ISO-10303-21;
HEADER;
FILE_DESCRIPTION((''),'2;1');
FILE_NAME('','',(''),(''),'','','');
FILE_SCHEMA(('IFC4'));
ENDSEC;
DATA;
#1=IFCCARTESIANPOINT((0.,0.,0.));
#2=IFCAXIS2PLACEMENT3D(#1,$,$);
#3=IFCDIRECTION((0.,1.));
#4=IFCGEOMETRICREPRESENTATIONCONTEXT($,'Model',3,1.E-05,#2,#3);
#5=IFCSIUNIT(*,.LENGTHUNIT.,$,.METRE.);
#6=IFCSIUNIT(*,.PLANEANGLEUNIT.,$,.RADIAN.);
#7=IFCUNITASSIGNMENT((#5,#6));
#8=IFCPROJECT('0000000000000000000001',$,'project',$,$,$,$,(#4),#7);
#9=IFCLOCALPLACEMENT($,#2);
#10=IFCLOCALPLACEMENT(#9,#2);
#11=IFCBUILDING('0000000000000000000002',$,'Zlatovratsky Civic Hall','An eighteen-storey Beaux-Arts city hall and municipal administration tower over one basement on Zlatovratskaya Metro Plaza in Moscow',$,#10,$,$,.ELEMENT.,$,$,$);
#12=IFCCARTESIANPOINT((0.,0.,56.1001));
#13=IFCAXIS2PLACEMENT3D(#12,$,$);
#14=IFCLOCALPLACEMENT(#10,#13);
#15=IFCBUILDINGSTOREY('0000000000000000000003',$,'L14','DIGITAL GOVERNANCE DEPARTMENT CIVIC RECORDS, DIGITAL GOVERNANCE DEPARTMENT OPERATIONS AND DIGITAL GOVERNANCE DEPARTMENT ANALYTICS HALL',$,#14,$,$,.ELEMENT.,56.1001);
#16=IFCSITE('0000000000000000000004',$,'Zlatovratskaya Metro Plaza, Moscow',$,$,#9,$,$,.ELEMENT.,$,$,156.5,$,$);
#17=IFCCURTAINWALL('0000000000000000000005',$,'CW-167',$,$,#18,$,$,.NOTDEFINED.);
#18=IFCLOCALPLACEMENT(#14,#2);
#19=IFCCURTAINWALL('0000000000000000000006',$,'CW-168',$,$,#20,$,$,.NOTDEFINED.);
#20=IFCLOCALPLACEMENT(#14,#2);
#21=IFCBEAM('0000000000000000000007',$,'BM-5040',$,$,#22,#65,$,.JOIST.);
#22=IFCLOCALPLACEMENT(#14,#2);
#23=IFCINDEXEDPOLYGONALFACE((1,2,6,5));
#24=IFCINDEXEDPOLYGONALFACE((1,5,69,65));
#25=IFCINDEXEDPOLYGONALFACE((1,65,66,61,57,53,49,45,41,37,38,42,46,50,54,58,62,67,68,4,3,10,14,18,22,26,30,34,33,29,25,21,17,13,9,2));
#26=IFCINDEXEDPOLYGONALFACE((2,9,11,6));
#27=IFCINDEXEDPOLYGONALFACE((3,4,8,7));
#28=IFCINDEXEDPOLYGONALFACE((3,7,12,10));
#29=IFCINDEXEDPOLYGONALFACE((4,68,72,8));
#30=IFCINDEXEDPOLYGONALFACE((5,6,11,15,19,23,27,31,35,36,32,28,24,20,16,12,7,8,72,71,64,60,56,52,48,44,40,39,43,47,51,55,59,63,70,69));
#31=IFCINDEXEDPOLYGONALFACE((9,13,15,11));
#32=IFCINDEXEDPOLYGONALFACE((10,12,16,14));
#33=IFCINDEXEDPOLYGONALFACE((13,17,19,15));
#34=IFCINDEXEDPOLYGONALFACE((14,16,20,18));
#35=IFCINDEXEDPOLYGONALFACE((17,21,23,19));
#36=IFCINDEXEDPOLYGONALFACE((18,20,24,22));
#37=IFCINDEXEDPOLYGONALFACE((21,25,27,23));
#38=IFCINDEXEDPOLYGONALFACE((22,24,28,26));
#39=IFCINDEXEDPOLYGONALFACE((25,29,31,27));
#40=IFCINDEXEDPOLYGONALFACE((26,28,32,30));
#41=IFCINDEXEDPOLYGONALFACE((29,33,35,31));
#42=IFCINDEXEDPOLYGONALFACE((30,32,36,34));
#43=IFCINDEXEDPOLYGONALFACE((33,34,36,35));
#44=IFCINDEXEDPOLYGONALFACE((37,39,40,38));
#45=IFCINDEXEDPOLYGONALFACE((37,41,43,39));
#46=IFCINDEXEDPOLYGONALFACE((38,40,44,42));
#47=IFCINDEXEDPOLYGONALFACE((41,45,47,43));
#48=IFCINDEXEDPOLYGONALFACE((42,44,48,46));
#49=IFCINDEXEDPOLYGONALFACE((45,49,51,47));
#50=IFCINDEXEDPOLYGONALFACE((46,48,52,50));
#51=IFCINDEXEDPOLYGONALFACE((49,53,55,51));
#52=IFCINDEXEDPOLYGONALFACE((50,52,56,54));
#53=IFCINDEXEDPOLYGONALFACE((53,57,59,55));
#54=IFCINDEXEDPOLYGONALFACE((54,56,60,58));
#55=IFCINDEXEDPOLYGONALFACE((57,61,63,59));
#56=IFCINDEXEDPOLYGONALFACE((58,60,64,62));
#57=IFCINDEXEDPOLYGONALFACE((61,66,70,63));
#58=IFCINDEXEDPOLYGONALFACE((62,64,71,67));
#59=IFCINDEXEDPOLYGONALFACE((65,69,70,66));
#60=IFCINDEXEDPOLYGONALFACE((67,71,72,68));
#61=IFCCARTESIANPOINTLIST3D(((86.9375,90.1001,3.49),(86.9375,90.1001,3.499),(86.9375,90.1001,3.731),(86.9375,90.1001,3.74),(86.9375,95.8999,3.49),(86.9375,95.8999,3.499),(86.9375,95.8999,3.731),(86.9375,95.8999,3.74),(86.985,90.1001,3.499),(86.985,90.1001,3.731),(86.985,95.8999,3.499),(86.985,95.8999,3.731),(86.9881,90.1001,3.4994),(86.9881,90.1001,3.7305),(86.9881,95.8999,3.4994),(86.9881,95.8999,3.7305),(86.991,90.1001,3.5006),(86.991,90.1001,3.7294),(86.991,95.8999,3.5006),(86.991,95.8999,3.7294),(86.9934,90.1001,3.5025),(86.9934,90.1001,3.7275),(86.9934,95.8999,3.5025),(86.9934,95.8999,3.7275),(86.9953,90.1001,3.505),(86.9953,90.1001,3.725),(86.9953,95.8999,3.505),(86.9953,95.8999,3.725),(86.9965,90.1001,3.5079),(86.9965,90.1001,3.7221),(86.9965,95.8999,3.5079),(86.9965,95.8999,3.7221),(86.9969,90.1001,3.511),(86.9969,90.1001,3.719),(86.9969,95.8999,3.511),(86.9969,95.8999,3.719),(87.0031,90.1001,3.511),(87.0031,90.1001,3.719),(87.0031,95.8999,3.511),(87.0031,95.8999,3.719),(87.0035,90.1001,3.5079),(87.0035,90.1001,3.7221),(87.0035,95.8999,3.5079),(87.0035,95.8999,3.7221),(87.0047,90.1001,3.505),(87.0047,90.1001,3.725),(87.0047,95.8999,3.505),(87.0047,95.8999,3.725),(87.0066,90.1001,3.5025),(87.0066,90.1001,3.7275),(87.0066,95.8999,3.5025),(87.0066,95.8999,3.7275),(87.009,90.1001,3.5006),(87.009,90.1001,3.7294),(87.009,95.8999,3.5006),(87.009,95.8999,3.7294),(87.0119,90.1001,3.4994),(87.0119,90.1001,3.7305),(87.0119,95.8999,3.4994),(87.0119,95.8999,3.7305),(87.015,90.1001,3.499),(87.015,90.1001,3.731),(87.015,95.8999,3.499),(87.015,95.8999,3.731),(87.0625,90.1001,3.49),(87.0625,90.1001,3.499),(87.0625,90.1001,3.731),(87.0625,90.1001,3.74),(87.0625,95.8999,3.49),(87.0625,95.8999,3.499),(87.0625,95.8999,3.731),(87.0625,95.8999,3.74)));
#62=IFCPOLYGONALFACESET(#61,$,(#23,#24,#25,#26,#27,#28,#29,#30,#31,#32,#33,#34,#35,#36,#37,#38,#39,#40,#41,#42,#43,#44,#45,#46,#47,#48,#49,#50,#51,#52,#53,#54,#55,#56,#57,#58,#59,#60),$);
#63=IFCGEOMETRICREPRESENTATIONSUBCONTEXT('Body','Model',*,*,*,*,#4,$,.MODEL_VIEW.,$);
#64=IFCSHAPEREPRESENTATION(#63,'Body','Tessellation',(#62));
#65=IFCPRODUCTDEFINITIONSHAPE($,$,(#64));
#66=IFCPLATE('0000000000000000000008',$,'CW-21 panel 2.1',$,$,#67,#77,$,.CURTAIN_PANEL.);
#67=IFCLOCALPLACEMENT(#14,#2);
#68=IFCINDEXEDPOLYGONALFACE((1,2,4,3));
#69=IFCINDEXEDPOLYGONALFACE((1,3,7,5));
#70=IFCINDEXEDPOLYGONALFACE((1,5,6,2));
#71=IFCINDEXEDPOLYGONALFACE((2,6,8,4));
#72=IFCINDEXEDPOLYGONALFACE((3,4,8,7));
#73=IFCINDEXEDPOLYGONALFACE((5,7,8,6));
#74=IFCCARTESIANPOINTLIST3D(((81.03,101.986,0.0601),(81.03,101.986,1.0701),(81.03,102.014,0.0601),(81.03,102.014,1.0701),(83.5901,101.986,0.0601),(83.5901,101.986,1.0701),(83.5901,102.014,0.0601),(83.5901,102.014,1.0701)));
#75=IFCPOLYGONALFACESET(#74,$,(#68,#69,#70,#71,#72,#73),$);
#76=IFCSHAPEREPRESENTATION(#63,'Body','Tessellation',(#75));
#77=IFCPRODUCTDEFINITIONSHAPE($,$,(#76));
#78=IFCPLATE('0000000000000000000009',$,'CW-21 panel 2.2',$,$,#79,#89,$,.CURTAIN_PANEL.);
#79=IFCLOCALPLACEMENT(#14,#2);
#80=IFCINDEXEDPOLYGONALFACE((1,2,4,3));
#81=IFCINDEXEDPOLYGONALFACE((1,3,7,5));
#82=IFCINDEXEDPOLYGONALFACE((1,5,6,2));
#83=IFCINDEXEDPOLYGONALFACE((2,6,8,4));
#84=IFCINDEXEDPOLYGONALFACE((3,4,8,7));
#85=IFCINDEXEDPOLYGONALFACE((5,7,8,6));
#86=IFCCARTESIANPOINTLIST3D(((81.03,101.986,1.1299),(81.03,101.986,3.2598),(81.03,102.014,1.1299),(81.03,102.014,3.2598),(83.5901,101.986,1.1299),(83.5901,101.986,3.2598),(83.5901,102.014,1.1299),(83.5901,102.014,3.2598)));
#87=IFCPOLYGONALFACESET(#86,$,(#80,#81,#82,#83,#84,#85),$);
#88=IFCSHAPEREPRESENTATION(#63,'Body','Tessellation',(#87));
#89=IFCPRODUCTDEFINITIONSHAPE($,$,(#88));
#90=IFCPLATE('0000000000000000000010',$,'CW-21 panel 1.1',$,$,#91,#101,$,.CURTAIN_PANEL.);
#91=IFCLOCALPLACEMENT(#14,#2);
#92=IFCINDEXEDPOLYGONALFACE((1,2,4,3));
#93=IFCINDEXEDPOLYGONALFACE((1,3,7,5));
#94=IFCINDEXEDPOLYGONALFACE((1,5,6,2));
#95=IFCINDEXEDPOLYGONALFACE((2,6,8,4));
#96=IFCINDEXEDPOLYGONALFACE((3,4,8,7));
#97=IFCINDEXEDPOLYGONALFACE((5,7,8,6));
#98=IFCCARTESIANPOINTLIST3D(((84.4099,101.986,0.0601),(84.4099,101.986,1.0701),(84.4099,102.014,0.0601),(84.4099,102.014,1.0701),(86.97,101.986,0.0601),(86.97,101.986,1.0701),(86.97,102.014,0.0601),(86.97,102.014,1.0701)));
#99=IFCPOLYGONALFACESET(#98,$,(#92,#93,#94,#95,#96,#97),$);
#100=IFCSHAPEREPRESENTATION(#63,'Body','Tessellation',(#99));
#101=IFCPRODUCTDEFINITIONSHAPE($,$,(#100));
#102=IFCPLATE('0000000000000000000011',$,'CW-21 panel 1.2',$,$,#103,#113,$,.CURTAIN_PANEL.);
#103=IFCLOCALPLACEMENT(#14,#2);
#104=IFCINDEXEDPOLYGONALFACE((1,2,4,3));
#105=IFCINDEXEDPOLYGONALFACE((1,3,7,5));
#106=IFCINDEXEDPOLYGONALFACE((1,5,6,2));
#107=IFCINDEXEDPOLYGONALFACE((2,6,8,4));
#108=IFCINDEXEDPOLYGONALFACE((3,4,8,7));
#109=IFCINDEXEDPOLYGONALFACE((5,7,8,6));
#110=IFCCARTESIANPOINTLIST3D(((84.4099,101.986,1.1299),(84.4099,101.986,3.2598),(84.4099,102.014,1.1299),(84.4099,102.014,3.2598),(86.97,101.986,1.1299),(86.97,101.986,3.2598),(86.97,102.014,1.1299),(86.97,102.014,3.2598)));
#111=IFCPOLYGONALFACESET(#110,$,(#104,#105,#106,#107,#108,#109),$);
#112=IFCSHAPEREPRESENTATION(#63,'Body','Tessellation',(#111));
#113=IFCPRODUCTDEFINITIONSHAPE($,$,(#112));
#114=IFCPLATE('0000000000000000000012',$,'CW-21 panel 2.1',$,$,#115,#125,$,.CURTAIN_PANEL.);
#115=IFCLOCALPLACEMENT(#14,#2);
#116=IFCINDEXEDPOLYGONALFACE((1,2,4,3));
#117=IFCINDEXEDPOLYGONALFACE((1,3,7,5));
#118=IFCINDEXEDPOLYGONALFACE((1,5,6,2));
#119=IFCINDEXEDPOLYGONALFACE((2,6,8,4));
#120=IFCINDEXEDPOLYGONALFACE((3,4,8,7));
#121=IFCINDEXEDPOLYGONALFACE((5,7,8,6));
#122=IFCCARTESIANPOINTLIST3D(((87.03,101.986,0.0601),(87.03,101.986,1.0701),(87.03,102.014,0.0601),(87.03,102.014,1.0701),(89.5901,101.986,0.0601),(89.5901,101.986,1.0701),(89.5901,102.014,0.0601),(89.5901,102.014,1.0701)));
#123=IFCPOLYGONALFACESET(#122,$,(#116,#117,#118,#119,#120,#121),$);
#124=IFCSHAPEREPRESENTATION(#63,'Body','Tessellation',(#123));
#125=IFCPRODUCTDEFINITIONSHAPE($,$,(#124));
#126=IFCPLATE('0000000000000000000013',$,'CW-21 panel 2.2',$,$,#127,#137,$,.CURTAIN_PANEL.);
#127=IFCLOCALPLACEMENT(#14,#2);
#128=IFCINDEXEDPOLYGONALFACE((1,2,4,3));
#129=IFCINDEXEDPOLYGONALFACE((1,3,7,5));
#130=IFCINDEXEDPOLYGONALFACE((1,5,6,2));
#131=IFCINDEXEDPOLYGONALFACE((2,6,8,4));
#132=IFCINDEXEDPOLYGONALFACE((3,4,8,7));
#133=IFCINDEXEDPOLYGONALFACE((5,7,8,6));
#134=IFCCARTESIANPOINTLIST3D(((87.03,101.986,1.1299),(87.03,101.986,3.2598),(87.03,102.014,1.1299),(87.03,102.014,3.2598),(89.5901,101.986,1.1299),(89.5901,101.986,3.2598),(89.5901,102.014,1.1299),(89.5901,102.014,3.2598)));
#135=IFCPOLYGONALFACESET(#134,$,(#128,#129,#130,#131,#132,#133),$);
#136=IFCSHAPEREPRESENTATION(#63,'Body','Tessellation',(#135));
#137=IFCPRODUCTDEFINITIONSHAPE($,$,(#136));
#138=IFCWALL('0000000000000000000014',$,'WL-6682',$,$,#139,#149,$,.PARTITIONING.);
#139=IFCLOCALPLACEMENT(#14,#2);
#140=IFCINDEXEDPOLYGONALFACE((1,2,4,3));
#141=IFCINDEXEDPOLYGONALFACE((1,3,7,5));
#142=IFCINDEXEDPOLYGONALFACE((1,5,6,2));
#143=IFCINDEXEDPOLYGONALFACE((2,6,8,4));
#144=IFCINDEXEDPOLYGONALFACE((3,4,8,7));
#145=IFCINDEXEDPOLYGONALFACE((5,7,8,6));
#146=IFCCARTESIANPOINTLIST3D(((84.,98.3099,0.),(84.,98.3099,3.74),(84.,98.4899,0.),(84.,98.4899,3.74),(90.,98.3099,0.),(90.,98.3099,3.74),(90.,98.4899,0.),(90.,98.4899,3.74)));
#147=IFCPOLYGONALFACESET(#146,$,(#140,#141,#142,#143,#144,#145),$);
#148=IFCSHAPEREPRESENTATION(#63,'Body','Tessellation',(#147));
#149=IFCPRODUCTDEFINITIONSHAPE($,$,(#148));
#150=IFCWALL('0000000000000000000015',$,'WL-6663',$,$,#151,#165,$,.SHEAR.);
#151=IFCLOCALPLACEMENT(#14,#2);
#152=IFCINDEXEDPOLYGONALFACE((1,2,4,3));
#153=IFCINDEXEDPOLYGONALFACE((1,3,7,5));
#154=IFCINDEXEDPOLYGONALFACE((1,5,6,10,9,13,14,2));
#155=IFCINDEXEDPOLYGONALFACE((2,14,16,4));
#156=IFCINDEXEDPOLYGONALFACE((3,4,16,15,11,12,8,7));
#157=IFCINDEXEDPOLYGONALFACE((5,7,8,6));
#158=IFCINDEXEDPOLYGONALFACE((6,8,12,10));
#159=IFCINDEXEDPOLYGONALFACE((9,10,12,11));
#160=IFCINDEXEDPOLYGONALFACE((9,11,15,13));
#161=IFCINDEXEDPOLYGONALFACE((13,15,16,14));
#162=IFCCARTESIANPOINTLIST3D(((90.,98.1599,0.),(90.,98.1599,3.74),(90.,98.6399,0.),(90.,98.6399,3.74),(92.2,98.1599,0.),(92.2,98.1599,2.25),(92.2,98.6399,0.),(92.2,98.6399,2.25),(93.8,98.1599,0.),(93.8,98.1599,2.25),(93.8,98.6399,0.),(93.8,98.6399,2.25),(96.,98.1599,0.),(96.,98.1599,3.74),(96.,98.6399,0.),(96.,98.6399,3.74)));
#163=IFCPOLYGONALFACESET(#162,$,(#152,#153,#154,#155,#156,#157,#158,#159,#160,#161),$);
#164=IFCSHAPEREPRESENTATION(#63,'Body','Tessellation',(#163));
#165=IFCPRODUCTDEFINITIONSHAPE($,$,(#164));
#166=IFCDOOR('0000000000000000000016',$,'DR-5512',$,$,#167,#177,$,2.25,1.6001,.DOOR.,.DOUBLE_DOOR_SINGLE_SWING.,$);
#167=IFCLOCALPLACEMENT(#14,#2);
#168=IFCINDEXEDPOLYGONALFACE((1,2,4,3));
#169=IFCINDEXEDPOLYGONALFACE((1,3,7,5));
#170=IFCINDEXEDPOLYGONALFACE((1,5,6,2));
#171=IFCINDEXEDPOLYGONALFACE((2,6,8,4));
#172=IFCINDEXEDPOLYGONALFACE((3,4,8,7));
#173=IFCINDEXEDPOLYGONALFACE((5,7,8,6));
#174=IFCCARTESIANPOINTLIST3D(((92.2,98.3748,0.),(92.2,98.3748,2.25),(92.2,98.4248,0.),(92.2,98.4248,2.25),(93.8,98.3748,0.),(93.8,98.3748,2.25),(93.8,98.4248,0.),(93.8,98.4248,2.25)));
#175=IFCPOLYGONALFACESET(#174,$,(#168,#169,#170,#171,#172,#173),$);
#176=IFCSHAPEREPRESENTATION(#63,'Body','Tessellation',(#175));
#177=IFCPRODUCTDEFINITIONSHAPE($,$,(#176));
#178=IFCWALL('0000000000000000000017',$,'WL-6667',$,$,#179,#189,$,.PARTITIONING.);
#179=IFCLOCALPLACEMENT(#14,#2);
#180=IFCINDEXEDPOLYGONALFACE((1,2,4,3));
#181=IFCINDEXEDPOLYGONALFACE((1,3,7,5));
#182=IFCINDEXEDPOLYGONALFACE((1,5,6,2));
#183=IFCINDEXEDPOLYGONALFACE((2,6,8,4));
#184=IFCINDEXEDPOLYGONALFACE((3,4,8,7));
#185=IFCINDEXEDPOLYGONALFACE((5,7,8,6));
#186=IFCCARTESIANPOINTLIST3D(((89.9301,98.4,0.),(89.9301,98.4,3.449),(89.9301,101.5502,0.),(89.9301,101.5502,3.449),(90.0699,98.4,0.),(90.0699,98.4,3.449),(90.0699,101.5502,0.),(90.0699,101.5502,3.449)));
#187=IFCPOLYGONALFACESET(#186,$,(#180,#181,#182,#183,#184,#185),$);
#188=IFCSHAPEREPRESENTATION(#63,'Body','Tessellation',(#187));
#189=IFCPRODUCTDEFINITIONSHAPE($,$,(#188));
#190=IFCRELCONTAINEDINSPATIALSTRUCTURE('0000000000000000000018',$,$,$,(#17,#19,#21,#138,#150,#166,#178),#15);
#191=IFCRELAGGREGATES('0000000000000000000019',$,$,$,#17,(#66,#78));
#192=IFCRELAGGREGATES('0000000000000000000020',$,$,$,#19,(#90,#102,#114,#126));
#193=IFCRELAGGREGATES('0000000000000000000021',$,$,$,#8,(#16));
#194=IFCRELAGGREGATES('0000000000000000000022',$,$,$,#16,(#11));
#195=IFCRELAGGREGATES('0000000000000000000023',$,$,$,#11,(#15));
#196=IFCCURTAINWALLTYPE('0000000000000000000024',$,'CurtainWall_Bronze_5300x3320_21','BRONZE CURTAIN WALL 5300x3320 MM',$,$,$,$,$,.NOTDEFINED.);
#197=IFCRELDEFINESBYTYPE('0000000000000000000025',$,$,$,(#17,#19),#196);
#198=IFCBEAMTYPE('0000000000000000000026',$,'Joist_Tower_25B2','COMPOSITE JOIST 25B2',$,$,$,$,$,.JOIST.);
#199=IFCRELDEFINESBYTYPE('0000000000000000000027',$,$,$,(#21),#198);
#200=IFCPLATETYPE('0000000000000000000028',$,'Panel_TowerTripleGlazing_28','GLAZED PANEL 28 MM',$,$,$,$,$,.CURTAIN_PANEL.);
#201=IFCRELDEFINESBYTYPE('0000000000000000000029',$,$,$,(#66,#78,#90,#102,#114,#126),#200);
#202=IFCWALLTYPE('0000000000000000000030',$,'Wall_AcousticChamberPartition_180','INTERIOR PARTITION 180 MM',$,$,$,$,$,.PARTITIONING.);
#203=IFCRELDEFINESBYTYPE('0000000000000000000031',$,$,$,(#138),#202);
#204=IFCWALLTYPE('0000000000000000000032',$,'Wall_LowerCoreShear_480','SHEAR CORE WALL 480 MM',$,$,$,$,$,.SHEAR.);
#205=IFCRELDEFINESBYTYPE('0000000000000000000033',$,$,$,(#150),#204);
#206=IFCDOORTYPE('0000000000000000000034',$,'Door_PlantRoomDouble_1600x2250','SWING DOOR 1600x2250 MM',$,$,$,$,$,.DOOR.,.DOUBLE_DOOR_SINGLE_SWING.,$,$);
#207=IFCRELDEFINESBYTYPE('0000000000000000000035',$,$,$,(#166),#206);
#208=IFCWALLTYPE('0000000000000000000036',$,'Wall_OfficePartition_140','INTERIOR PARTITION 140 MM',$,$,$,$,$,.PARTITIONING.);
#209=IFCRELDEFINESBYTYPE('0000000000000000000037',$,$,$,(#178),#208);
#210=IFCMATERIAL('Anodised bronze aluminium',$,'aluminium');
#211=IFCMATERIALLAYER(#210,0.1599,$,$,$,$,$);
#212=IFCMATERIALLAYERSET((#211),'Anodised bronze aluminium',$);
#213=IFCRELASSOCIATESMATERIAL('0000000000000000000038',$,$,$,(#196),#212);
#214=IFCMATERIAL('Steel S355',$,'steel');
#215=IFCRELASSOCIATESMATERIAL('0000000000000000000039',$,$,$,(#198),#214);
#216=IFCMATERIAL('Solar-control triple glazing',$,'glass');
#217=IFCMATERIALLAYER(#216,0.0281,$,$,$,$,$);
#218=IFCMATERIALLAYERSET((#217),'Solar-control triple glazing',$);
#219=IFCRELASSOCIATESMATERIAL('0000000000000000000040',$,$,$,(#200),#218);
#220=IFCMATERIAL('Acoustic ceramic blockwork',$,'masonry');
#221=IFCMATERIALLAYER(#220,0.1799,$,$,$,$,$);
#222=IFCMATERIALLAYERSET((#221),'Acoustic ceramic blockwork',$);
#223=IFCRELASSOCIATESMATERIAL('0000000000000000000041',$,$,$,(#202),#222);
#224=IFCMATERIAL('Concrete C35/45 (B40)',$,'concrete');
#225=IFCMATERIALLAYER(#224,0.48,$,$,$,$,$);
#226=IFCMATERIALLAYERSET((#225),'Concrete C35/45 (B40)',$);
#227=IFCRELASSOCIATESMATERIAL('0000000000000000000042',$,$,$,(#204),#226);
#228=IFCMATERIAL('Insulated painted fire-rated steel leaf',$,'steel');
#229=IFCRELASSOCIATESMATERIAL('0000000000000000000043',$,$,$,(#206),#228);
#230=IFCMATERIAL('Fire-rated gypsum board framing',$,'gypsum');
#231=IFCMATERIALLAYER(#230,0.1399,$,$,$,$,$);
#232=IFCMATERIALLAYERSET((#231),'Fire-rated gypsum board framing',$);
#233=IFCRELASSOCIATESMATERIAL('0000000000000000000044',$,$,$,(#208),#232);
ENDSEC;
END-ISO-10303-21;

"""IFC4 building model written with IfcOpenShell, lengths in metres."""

from ifc_helpers import new_model, si_unit, direction, frame, frame_2d, origin, origin_2d, place, context, subcontext, project, spatial, rectangle, i_section, extrude, material, layer, layer_set, material_profile, profile_set, type_object, element, fill, aggregate, save


model = new_model("IFC4")

# Units and contexts
model_context = context("Model", 3, precision=1e-05, world=origin(), true_north=direction((0.0, 1.0)))
body_context = subcontext(model_context, "Body", "Model", "MODEL_VIEW")
ifc_project = project(units=[si_unit("LENGTHUNIT", "METRE"), si_unit("PLANEANGLEUNIT", "RADIAN")], contexts=[model_context])

# Site, building, storey
site_placement = place(None, origin())
site = spatial("IfcSite", under=ifc_project, at=site_placement, Name="Zlatovratskaya Metro Plaza, Moscow", CompositionType="ELEMENT", RefElevation=156.5)
building_placement = place(site_placement, origin())
building = spatial("IfcBuilding", under=site, at=building_placement, Name="Zlatovratsky Civic Hall", Description="An eighteen-storey Beaux-Arts city hall and municipal administration tower over one basement on Zlatovratskaya Metro Plaza in Moscow", CompositionType="ELEMENT")
storey_placement = place(building_placement, frame((0.0, 0.0, 56.1001)))
storey = spatial("IfcBuildingStorey", under=building, at=storey_placement, Name="L14", Description="DIGITAL GOVERNANCE DEPARTMENT CIVIC RECORDS, DIGITAL GOVERNANCE DEPARTMENT OPERATIONS AND DIGITAL GOVERNANCE DEPARTMENT ANALYTICS HALL", CompositionType="ELEMENT", Elevation=56.1001)

# Shared definitions
ifc_material_1 = material(Name="Concrete C35/45 (B40)", Category="concrete")
ifc_material_2 = material(Name="Steel S355", Category="steel")

# Curtain wall
ifc_material_3 = material(Name="Anodised bronze aluminium", Category="aluminium")
ifc_layer_1 = layer(ifc_material_3, 0.1599)
ifc_layer_set_1 = layer_set([ifc_layer_1], Name="Anodised bronze aluminium")
curtain_wall_type = type_object("IfcCurtainWallType", Name="CurtainWall_Bronze_5300x3320_21", Description="BRONZE CURTAIN WALL 5300x3320 MM", PredefinedType="NOTDEFINED", material=ifc_layer_set_1)
curtain_wall_1_placement = place(storey_placement, origin())
curtain_wall_1 = element("IfcCurtainWall", 1, at=curtain_wall_1_placement, inside=storey, type_object=curtain_wall_type, Name="CW-167", PredefinedType="NOTDEFINED")

# Curtain wall
curtain_wall_2_placement = place(storey_placement, origin())
curtain_wall_2 = element("IfcCurtainWall", 2, at=curtain_wall_2_placement, inside=storey, type_object=curtain_wall_type, Name="CW-168", PredefinedType="NOTDEFINED")

# Beam
ifc_material_profile_1 = material_profile(ifc_material_2, i_section(OverallWidth=0.125, OverallDepth=0.25, WebThickness=0.0061, FlangeThickness=0.009, FilletRadius=0.012, at=origin_2d()), Name="25B2")
ifc_profile_set_1 = profile_set([ifc_material_profile_1], Name="Steel S355")
beam_type_1 = type_object("IfcBeamType", Name="Joist_Tower_25B2", Description="COMPOSITE JOIST 25B2", PredefinedType="JOIST", material=ifc_profile_set_1)
beam_1_placement = place(storey_placement, frame((87.0, 90.1001, 3.615), z_axis=(0.0, 1.0, 0.0), x_axis=(-1.0, 0.0, 0.0)))
element("IfcBeam", 3, at=beam_1_placement, inside=storey, type_object=beam_type_1, Name="BM-5040", PredefinedType="JOIST", context=body_context, shape_type="SweptSolid", body=[
    extrude(i_section(OverallWidth=0.125, OverallDepth=0.25, WebThickness=0.0061, FlangeThickness=0.009, FilletRadius=0.012, at=origin_2d()), origin(), (0.0, 0.0, 1.0), 5.7998),
])

# Plates
ifc_material_4 = material(Name="Solar-control triple glazing", Category="glass")
ifc_layer_2 = layer(ifc_material_4, 0.0281)
ifc_layer_set_2 = layer_set([ifc_layer_2], Name="Solar-control triple glazing")
plate_type = type_object("IfcPlateType", Name="Panel_TowerTripleGlazing_28", Description="GLAZED PANEL 28 MM", PredefinedType="CURTAIN_PANEL", material=ifc_layer_set_2)
plate_1_placement = place(storey_placement, frame((82.3101, 102.0, 0.0601), z_axis=(0.0, 0.0, 1.0), x_axis=(1.0, 0.0, 0.0)))
plate_1 = element("IfcPlate", 4, at=plate_1_placement, type_object=plate_type, Name="CW-21 panel 2.1", PredefinedType="CURTAIN_PANEL", context=body_context, shape_type="SweptSolid", body=[
    extrude(rectangle(XDim=2.5601, YDim=0.0281, at=origin_2d()), origin(), (0.0, 0.0, 1.0), 1.01),
])
plate_2_placement = place(storey_placement, frame((82.3101, 102.0, 1.1299), z_axis=(0.0, 0.0, 1.0), x_axis=(1.0, 0.0, 0.0)))
plate_2 = element("IfcPlate", 5, at=plate_2_placement, type_object=plate_type, Name="CW-21 panel 2.2", PredefinedType="CURTAIN_PANEL", context=body_context, shape_type="SweptSolid", body=[
    extrude(rectangle(XDim=2.5601, YDim=0.0281, at=origin_2d()), origin(), (0.0, 0.0, 1.0), 2.1299),
])
aggregate(curtain_wall_1, [plate_1, plate_2])
plate_3_placement = place(storey_placement, frame((85.6899, 102.0, 0.0601), z_axis=(0.0, 0.0, 1.0), x_axis=(1.0, 0.0, 0.0)))
plate_3 = element("IfcPlate", 6, at=plate_3_placement, type_object=plate_type, Name="CW-21 panel 1.1", PredefinedType="CURTAIN_PANEL", context=body_context, shape_type="SweptSolid", body=[
    extrude(rectangle(XDim=2.5601, YDim=0.0281, at=origin_2d()), origin(), (0.0, 0.0, 1.0), 1.01),
])
plate_4_placement = place(storey_placement, frame((85.6899, 102.0, 1.1299), z_axis=(0.0, 0.0, 1.0), x_axis=(1.0, 0.0, 0.0)))
plate_4 = element("IfcPlate", 7, at=plate_4_placement, type_object=plate_type, Name="CW-21 panel 1.2", PredefinedType="CURTAIN_PANEL", context=body_context, shape_type="SweptSolid", body=[
    extrude(rectangle(XDim=2.5601, YDim=0.0281, at=origin_2d()), origin(), (0.0, 0.0, 1.0), 2.1299),
])
plate_5_placement = place(storey_placement, frame((88.3101, 102.0, 0.0601), z_axis=(0.0, 0.0, 1.0), x_axis=(1.0, 0.0, 0.0)))
plate_5 = element("IfcPlate", 8, at=plate_5_placement, type_object=plate_type, Name="CW-21 panel 2.1", PredefinedType="CURTAIN_PANEL", context=body_context, shape_type="SweptSolid", body=[
    extrude(rectangle(XDim=2.5601, YDim=0.0281, at=origin_2d()), origin(), (0.0, 0.0, 1.0), 1.01),
])
plate_6_placement = place(storey_placement, frame((88.3101, 102.0, 1.1299), z_axis=(0.0, 0.0, 1.0), x_axis=(1.0, 0.0, 0.0)))
plate_6 = element("IfcPlate", 9, at=plate_6_placement, type_object=plate_type, Name="CW-21 panel 2.2", PredefinedType="CURTAIN_PANEL", context=body_context, shape_type="SweptSolid", body=[
    extrude(rectangle(XDim=2.5601, YDim=0.0281, at=origin_2d()), origin(), (0.0, 0.0, 1.0), 2.1299),
])
aggregate(curtain_wall_2, [plate_3, plate_4, plate_5, plate_6])

# Wall
ifc_material_5 = material(Name="Acoustic ceramic blockwork", Category="masonry")
ifc_layer_3 = layer(ifc_material_5, 0.1799)
ifc_layer_set_3 = layer_set([ifc_layer_3], Name="Acoustic ceramic blockwork")
wall_type_1 = type_object("IfcWallType", Name="Wall_AcousticChamberPartition_180", Description="INTERIOR PARTITION 180 MM", PredefinedType="PARTITIONING", material=ifc_layer_set_3)
wall_1_placement = place(storey_placement, frame((84.0, 98.3999, 0.0), z_axis=(0.0, 0.0, 1.0), x_axis=(1.0, 0.0, 0.0)))
element("IfcWall", 10, at=wall_1_placement, inside=storey, type_object=wall_type_1, Name="WL-6682", PredefinedType="PARTITIONING", context=body_context, shape_type="SweptSolid", body=[
    extrude(rectangle(XDim=6.0, YDim=0.1799, at=frame_2d((3.0, 0.0))), origin(), (0.0, 0.0, 1.0), 3.74),
])

# Wall, opening, door
ifc_layer_4 = layer(ifc_material_1, 0.48)
ifc_layer_set_4 = layer_set([ifc_layer_4], Name="Concrete C35/45 (B40)")
wall_type_2 = type_object("IfcWallType", Name="Wall_LowerCoreShear_480", Description="SHEAR CORE WALL 480 MM", PredefinedType="SHEAR", material=ifc_layer_set_4)
wall_2_placement = place(storey_placement, frame((90.0, 98.3999, 0.0), z_axis=(0.0, 0.0, 1.0), x_axis=(1.0, 0.0, 0.0)))
wall_2 = element("IfcWall", 11, at=wall_2_placement, inside=storey, type_object=wall_type_2, Name="WL-6663", PredefinedType="SHEAR", context=body_context, shape_type="SweptSolid", body=[
    extrude(rectangle(XDim=6.0, YDim=0.48, at=frame_2d((3.0, 0.0))), origin(), (0.0, 0.0, 1.0), 3.74),
])
opening_placement = place(wall_2_placement, frame((2.2, 0.0, 0.0)))
opening = element("IfcOpeningElement", 12, at=opening_placement, cuts=wall_2, PredefinedType="OPENING", context=body_context, shape_type="SweptSolid", body=[
    extrude(rectangle(XDim=1.6001, YDim=2.25, at=frame_2d((0.8, 1.125))), frame((0.0, 0.2549, 0.0), z_axis=(0.0, -1.0, 0.0), x_axis=(1.0, 0.0, 0.0)), (0.0, 0.0, 1.0), 0.5098),
])
ifc_material_6 = material(Name="Insulated painted fire-rated steel leaf", Category="steel")
door_type = type_object("IfcDoorType", Name="Door_PlantRoomDouble_1600x2250", Description="SWING DOOR 1600x2250 MM", OperationType="DOUBLE_DOOR_SINGLE_SWING", PredefinedType="DOOR", material=ifc_material_6)
door_placement = place(opening_placement, origin())
door = element("IfcDoor", 13, at=door_placement, inside=storey, type_object=door_type, Name="DR-5512", OperationType="DOUBLE_DOOR_SINGLE_SWING", OverallHeight=2.25, OverallWidth=1.6001, PredefinedType="DOOR", context=body_context, shape_type="SweptSolid", body=[
    extrude(rectangle(XDim=1.6001, YDim=2.25, at=frame_2d((0.8, 1.125))), frame((0.0, 0.0249, 0.0), z_axis=(0.0, -1.0, 0.0), x_axis=(1.0, 0.0, 0.0)), (0.0, 0.0, 1.0), 0.05),
])
fill(opening, door)

# Wall
ifc_material_7 = material(Name="Fire-rated gypsum board framing", Category="gypsum")
ifc_layer_5 = layer(ifc_material_7, 0.1399)
ifc_layer_set_5 = layer_set([ifc_layer_5], Name="Fire-rated gypsum board framing")
wall_type_3 = type_object("IfcWallType", Name="Wall_OfficePartition_140", Description="INTERIOR PARTITION 140 MM", PredefinedType="PARTITIONING", material=ifc_layer_set_5)
wall_3_placement = place(storey_placement, frame((90.0, 98.3999, 0.0), z_axis=(0.0, 0.0, 1.0), x_axis=(0.0, 1.0, 0.0)))
element("IfcWall", 14, at=wall_3_placement, inside=storey, type_object=wall_type_3, Name="WL-6667", PredefinedType="PARTITIONING", context=body_context, shape_type="SweptSolid", body=[
    extrude(rectangle(XDim=3.1501, YDim=0.1399, at=frame_2d((1.5752, 0.0))), origin(), (0.0, 0.0, 1.0), 3.449),
])

save(model, "model.ifc")
